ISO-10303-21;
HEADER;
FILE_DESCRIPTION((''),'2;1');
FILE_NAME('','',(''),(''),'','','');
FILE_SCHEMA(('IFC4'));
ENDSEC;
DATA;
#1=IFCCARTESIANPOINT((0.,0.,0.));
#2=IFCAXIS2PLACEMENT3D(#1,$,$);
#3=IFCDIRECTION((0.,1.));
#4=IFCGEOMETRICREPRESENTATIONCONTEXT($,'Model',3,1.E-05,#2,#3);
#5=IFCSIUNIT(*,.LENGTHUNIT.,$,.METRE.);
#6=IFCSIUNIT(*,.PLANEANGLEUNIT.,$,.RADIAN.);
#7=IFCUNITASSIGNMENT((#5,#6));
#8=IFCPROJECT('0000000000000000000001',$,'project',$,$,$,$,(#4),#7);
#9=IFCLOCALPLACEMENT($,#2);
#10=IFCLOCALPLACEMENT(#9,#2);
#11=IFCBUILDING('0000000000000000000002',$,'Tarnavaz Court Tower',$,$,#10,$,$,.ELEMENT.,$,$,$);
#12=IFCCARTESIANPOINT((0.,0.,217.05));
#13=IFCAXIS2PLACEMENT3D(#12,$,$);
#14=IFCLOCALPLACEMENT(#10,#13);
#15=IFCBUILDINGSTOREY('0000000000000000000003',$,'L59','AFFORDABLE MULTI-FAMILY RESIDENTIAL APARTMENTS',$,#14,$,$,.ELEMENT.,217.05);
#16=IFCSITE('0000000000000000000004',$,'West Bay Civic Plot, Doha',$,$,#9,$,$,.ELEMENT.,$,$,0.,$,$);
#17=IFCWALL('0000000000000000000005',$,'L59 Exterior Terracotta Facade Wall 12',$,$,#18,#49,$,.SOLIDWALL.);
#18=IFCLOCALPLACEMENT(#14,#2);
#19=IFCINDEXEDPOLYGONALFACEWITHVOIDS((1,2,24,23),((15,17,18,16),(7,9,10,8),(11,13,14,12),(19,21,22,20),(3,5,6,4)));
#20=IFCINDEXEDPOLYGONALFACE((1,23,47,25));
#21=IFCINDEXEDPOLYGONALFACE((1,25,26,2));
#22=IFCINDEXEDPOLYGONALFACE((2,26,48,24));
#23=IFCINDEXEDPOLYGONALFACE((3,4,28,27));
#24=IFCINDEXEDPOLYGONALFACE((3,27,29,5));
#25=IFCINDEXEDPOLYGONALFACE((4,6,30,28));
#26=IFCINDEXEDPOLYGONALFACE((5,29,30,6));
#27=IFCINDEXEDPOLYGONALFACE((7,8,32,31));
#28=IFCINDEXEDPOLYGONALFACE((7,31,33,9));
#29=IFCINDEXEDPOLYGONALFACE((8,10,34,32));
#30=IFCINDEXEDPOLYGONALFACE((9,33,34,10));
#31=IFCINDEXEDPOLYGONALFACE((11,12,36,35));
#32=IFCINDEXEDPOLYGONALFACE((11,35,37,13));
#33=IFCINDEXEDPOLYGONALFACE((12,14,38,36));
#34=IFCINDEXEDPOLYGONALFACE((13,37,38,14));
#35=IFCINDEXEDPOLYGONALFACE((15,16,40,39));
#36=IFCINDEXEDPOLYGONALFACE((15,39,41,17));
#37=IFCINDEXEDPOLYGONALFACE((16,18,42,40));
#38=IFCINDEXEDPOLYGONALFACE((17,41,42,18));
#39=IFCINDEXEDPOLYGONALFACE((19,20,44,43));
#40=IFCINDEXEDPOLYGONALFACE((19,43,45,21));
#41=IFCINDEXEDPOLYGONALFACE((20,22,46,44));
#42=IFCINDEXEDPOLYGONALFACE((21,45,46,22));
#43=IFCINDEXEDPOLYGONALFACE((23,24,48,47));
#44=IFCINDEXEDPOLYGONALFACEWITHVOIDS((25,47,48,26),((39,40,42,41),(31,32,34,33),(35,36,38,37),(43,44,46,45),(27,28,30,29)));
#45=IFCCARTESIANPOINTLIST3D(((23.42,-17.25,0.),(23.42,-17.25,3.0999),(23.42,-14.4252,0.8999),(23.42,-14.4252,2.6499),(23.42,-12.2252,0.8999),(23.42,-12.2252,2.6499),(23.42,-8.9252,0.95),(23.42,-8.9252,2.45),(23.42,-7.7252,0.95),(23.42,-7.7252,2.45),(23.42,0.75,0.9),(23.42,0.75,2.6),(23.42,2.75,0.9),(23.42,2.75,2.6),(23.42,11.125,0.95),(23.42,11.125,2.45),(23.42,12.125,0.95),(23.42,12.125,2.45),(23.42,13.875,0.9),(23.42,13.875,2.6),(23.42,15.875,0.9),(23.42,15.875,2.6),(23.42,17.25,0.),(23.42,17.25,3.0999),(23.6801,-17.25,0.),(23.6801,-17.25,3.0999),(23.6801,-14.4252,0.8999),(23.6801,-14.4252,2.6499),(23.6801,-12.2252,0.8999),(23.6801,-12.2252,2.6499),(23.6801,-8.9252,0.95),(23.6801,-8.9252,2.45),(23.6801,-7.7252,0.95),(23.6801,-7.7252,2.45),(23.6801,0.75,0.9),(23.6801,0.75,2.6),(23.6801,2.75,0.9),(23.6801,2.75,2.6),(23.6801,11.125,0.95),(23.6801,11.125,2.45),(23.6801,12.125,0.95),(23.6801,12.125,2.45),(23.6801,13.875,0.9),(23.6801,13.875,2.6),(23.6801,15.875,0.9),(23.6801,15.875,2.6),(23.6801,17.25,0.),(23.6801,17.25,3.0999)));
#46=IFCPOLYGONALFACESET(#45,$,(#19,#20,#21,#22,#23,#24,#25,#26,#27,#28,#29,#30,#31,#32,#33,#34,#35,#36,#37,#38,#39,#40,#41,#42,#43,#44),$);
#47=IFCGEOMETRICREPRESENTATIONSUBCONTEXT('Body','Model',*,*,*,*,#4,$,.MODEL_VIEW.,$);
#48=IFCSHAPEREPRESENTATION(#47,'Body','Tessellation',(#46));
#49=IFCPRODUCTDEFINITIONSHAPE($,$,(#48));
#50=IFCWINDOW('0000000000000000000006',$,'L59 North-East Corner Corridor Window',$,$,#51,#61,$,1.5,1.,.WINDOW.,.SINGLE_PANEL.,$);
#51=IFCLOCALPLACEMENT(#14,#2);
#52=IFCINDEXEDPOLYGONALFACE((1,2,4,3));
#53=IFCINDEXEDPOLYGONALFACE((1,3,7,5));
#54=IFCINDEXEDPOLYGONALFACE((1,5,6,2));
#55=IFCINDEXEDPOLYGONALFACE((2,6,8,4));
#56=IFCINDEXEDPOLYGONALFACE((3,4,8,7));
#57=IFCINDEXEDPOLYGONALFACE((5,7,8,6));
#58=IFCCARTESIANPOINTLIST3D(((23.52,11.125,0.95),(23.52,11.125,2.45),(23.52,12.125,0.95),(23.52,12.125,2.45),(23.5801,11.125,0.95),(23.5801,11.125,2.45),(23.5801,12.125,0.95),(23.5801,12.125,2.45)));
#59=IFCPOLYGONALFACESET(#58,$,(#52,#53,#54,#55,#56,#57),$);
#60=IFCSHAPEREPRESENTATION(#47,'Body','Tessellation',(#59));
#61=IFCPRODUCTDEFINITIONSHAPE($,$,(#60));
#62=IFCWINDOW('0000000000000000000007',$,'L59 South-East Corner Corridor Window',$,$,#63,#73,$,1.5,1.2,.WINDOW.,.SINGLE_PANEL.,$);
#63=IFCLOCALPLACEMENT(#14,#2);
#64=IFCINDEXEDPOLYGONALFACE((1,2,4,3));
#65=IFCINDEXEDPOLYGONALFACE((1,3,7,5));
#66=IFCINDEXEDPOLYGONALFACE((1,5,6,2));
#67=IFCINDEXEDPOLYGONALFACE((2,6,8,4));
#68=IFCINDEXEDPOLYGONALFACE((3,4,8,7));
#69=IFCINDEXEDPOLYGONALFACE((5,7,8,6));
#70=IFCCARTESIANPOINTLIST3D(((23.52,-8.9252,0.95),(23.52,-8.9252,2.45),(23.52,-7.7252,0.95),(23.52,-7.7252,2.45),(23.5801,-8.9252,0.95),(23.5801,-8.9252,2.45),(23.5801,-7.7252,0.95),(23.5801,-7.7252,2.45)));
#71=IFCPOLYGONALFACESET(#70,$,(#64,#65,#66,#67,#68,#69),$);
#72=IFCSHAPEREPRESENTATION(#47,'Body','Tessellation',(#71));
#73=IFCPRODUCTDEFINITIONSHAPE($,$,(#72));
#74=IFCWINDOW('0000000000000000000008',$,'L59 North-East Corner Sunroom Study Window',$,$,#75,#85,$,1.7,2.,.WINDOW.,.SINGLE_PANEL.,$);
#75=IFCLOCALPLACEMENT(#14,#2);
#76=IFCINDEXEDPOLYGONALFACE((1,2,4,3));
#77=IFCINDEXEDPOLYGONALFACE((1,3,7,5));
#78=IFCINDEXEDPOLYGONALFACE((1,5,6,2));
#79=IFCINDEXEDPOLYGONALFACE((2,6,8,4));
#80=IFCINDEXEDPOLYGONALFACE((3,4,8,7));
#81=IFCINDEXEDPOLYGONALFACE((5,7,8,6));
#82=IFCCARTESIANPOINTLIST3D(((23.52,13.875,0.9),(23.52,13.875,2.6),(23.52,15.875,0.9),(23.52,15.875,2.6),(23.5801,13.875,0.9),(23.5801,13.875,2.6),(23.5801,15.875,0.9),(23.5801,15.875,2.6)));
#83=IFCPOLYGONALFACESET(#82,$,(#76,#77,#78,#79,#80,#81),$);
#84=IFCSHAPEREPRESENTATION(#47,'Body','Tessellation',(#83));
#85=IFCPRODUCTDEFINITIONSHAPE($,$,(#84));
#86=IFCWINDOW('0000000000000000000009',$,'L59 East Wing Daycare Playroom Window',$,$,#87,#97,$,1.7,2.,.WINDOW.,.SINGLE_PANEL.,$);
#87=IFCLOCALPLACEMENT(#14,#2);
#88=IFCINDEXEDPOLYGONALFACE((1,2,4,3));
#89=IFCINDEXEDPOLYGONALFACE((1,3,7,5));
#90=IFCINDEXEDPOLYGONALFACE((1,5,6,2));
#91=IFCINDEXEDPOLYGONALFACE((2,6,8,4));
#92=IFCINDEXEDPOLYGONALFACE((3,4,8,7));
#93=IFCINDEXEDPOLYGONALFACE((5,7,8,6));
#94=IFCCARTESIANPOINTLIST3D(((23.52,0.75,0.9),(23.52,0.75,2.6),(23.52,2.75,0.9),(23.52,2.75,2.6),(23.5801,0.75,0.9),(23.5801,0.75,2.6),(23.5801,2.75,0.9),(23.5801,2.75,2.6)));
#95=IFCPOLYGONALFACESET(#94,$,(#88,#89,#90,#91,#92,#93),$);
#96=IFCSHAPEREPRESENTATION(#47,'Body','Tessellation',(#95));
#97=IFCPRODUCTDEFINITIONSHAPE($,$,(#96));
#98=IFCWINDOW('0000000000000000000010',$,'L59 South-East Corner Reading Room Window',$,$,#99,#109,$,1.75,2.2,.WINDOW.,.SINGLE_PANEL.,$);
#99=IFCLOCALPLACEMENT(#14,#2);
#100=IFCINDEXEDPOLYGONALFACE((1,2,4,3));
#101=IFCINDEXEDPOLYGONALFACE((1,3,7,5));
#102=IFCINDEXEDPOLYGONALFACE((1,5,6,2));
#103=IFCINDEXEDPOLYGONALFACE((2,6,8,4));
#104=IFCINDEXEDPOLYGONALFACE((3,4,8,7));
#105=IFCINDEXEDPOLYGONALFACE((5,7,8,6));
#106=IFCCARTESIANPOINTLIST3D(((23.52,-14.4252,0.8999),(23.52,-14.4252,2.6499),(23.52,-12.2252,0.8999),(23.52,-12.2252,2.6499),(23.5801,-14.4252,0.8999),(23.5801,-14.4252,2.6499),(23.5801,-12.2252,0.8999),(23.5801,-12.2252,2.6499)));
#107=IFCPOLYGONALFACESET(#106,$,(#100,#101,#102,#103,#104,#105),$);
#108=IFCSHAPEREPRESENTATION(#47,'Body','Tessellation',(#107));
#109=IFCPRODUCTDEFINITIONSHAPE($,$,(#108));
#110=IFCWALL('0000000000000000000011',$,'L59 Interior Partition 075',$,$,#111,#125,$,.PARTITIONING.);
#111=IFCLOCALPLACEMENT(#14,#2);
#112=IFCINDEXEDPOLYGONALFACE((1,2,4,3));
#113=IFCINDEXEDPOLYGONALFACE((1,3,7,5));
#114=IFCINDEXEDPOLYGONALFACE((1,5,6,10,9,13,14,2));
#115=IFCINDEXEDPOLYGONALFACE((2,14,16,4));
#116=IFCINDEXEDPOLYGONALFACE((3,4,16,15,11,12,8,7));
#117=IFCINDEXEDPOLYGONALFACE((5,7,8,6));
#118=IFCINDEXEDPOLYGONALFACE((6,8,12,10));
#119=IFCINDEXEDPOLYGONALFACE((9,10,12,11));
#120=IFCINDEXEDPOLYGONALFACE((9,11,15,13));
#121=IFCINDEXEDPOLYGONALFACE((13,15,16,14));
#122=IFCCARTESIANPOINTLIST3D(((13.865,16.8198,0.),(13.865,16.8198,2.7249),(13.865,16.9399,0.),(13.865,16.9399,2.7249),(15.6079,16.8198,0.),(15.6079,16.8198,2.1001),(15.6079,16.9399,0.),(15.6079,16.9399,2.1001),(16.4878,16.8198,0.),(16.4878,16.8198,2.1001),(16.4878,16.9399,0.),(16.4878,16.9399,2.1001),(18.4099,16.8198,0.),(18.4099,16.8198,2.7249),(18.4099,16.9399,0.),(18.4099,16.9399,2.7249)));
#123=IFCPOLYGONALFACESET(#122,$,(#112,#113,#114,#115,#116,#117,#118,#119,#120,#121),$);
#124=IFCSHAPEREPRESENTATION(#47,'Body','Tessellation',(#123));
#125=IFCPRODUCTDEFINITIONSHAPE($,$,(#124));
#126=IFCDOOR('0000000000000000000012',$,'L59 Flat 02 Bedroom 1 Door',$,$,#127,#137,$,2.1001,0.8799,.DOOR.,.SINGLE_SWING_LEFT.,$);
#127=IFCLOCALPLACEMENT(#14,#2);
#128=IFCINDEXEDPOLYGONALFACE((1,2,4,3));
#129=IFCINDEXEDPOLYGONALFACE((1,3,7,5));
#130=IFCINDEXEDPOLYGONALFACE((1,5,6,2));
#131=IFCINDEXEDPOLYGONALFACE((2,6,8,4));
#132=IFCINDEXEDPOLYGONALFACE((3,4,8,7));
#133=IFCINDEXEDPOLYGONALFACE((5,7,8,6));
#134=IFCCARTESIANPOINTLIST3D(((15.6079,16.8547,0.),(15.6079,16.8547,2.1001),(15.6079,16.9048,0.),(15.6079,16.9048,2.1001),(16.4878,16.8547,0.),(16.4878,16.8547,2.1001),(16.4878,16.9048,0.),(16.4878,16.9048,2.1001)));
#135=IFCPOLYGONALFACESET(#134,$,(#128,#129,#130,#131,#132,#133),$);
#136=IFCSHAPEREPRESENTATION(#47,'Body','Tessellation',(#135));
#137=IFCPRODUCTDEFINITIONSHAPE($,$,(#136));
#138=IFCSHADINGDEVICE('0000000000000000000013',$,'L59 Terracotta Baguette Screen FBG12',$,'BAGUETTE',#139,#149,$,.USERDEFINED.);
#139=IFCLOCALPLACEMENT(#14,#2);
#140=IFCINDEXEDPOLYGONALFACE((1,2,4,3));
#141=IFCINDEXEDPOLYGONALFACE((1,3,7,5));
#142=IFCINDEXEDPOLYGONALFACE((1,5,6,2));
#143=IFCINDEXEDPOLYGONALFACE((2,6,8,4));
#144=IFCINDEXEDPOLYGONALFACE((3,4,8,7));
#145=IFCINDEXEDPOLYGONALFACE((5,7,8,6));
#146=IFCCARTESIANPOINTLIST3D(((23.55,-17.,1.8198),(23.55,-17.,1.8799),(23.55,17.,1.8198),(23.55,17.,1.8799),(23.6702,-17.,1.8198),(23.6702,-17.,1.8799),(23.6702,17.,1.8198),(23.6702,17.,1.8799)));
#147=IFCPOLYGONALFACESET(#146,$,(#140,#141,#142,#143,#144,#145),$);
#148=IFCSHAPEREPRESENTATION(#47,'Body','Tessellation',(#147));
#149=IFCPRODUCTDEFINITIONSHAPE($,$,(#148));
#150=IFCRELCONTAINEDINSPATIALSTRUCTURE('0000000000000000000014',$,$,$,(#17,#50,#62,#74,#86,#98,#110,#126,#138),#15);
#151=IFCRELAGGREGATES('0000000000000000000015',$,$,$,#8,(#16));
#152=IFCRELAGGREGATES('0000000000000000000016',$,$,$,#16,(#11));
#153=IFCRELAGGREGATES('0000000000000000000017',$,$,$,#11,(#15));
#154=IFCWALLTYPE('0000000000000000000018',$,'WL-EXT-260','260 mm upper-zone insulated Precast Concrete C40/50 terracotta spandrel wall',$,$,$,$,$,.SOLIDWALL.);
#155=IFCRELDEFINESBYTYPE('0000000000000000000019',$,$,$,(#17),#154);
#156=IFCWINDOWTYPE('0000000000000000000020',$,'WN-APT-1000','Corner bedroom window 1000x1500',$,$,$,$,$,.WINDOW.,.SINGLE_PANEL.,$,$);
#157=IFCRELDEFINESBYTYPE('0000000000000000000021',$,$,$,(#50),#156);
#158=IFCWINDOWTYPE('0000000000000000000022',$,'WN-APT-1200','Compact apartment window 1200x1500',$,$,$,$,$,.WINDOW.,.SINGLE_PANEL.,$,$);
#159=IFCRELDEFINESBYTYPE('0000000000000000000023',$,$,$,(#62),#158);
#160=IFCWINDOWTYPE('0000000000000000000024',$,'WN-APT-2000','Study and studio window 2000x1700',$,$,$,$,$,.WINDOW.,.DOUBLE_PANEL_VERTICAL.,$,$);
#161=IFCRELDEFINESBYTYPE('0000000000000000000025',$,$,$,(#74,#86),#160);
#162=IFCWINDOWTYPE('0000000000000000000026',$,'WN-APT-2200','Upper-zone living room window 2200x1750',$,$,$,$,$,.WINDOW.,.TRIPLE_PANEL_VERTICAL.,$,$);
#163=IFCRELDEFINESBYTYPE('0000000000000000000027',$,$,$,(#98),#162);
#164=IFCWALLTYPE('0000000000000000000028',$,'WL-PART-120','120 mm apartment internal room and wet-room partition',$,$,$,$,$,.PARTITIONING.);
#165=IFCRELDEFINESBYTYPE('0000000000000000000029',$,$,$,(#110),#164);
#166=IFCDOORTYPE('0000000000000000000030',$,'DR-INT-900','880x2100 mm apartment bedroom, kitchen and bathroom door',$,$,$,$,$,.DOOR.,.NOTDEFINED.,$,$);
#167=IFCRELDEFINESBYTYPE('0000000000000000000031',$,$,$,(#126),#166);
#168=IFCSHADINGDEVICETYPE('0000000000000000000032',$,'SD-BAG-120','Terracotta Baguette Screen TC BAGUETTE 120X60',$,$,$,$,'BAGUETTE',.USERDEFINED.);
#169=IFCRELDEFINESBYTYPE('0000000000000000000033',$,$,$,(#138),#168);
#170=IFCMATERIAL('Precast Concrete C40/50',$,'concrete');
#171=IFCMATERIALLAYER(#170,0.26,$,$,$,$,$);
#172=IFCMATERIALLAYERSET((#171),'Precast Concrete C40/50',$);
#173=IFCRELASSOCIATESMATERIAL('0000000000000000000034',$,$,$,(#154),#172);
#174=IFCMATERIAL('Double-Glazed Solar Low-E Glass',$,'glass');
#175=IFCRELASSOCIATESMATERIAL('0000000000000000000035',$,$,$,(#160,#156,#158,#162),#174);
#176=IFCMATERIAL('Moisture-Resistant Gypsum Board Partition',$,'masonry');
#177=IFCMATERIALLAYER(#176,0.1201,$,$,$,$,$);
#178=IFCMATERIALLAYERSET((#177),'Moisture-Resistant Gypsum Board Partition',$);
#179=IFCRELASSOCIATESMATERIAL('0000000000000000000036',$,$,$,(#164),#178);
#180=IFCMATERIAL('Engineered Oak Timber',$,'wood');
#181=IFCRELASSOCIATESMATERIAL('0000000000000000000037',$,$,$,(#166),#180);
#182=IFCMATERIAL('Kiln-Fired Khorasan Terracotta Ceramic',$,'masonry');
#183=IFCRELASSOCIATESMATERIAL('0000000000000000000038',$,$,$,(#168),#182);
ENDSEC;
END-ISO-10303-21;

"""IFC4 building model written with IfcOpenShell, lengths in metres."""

from ifc_helpers import new_model, si_unit, direction, frame, frame_2d, origin, origin_2d, place, context, subcontext, project, spatial, rectangle, extrude, material, layer, layer_set, material_profile, profile_set, type_object, element, fill, save


model = new_model("IFC4")

# Units and contexts
model_context = context("Model", 3, precision=1e-05, world=origin(), true_north=direction((0.0, 1.0)))
body_context = subcontext(model_context, "Body", "Model", "MODEL_VIEW")
ifc_project = project(units=[si_unit("LENGTHUNIT", "METRE"), si_unit("PLANEANGLEUNIT", "RADIAN")], contexts=[model_context])

# Site, building, storey
site_placement = place(None, origin())
site = spatial("IfcSite", under=ifc_project, at=site_placement, Name="West Bay Civic Plot, Doha", CompositionType="ELEMENT", RefElevation=0.0)
building_placement = place(site_placement, origin())
building = spatial("IfcBuilding", under=site, at=building_placement, Name="Tarnavaz Court Tower", CompositionType="ELEMENT")
storey_placement = place(building_placement, frame((0.0, 0.0, 217.05)))
storey = spatial("IfcBuildingStorey", under=building, at=storey_placement, Name="L59", Description="AFFORDABLE MULTI-FAMILY RESIDENTIAL APARTMENTS", CompositionType="ELEMENT", Elevation=217.05)

# Shared definitions
ifc_material_1 = material(Name="Precast Concrete C40/50", Category="concrete")
ifc_layer_1 = layer(ifc_material_1, 0.26)
ifc_layer_set_1 = layer_set([ifc_layer_1], Name="Precast Concrete C40/50")
wall_type_1 = type_object("IfcWallType", Name="WL-EXT-260", Description="260 mm upper-zone insulated Precast Concrete C40/50 terracotta spandrel wall", PredefinedType="SOLIDWALL", material=ifc_layer_set_1)
ifc_material_2 = material(Name="Double-Glazed Solar Low-E Glass", Category="glass")
window_type_1 = type_object("IfcWindowType", Name="WN-APT-2000", Description="Study and studio window 2000x1700", PartitioningType="DOUBLE_PANEL_VERTICAL", PredefinedType="WINDOW", material=ifc_material_2)

# Wall, openings, windows
wall_1_placement = place(storey_placement, frame((23.55, 17.25, 0.0), z_axis=(0.0, 0.0, 1.0), x_axis=(0.0, -1.0, 0.0)))
wall_1 = element("IfcWall", 1, at=wall_1_placement, inside=storey, type_object=wall_type_1, Name="L59 Exterior Terracotta Facade Wall 12", PredefinedType="SOLIDWALL", context=body_context, shape_type="SweptSolid", body=[
    extrude(rectangle(XDim=34.5, YDim=0.26, at=frame_2d((17.25, 0.0))), origin(), (0.0, 0.0, 1.0), 3.0999),
])
opening_1_placement = place(wall_1_placement, frame((1.375, 0.0, 0.8999)))
opening_1 = element("IfcOpeningElement", 2, at=opening_1_placement, cuts=wall_1, PredefinedType="OPENING", context=body_context, shape_type="SweptSolid", body=[
    extrude(rectangle(XDim=2.0, YDim=1.7, at=frame_2d((1.0, 0.8501))), frame((0.0, 0.1399, 0.0), z_axis=(0.0, -1.0, 0.0), x_axis=(1.0, 0.0, 0.0)), (0.0, 0.0, 1.0), 0.28),
])
opening_2_placement = place(wall_1_placement, frame((5.125, 0.0, 0.95)))
opening_2 = element("IfcOpeningElement", 3, at=opening_2_placement, cuts=wall_1, PredefinedType="OPENING", context=body_context, shape_type="SweptSolid", body=[
    extrude(rectangle(XDim=1.0, YDim=1.5, at=frame_2d((0.5, 0.75))), frame((0.0, 0.1399, 0.0), z_axis=(0.0, -1.0, 0.0), x_axis=(1.0, 0.0, 0.0)), (0.0, 0.0, 1.0), 0.28),
])
opening_3_placement = place(wall_1_placement, frame((14.5, 0.0, 0.8999)))
opening_3 = element("IfcOpeningElement", 4, at=opening_3_placement, cuts=wall_1, PredefinedType="OPENING", context=body_context, shape_type="SweptSolid", body=[
    extrude(rectangle(XDim=2.0, YDim=1.7, at=frame_2d((1.0, 0.8501))), frame((0.0, 0.1399, 0.0), z_axis=(0.0, -1.0, 0.0), x_axis=(1.0, 0.0, 0.0)), (0.0, 0.0, 1.0), 0.28),
])
opening_4_placement = place(wall_1_placement, frame((24.9751, 0.0, 0.95)))
opening_4 = element("IfcOpeningElement", 5, at=opening_4_placement, cuts=wall_1, PredefinedType="OPENING", context=body_context, shape_type="SweptSolid", body=[
    extrude(rectangle(XDim=1.2, YDim=1.5, at=frame_2d((0.6001, 0.75))), frame((0.0, 0.1399, 0.0), z_axis=(0.0, -1.0, 0.0), x_axis=(1.0, 0.0, 0.0)), (0.0, 0.0, 1.0), 0.28),
])
opening_5_placement = place(wall_1_placement, frame((29.4751, 0.0, 0.8999)))
opening_5 = element("IfcOpeningElement", 6, at=opening_5_placement, cuts=wall_1, PredefinedType="OPENING", context=body_context, shape_type="SweptSolid", body=[
    extrude(rectangle(XDim=2.2, YDim=1.75, at=frame_2d((1.1001, 0.875))), frame((0.0, 0.1399, 0.0), z_axis=(0.0, -1.0, 0.0), x_axis=(1.0, 0.0, 0.0)), (0.0, 0.0, 1.0), 0.28),
])
window_type_2 = type_object("IfcWindowType", Name="WN-APT-1000", Description="Corner bedroom window 1000x1500", PartitioningType="SINGLE_PANEL", PredefinedType="WINDOW", material=ifc_material_2)
window_1_placement = place(opening_2_placement, origin())
window_1 = element("IfcWindow", 7, at=window_1_placement, inside=storey, type_object=window_type_2, Name="L59 North-East Corner Corridor Window", OverallHeight=1.5, OverallWidth=1.0, PartitioningType="SINGLE_PANEL", PredefinedType="WINDOW", context=body_context, shape_type="SweptSolid", body=[
    extrude(rectangle(XDim=1.0, YDim=1.5, at=frame_2d((0.5, 0.75))), frame((0.0, 0.03, 0.0), z_axis=(0.0, -1.0, 0.0), x_axis=(1.0, 0.0, 0.0)), (0.0, 0.0, 1.0), 0.0601),
])
fill(opening_2, window_1)
window_type_3 = type_object("IfcWindowType", Name="WN-APT-1200", Description="Compact apartment window 1200x1500", PartitioningType="SINGLE_PANEL", PredefinedType="WINDOW", material=ifc_material_2)
window_2_placement = place(opening_4_placement, origin())
window_2 = element("IfcWindow", 8, at=window_2_placement, inside=storey, type_object=window_type_3, Name="L59 South-East Corner Corridor Window", OverallHeight=1.5, OverallWidth=1.2, PartitioningType="SINGLE_PANEL", PredefinedType="WINDOW", context=body_context, shape_type="SweptSolid", body=[
    extrude(rectangle(XDim=1.2, YDim=1.5, at=frame_2d((0.6001, 0.75))), frame((0.0, 0.03, 0.0), z_axis=(0.0, -1.0, 0.0), x_axis=(1.0, 0.0, 0.0)), (0.0, 0.0, 1.0), 0.0601),
])
fill(opening_4, window_2)
window_3_placement = place(opening_1_placement, origin())
window_3 = element("IfcWindow", 9, at=window_3_placement, inside=storey, type_object=window_type_1, Name="L59 North-East Corner Sunroom Study Window", OverallHeight=1.7, OverallWidth=2.0, PartitioningType="SINGLE_PANEL", PredefinedType="WINDOW", context=body_context, shape_type="SweptSolid", body=[
    extrude(rectangle(XDim=2.0, YDim=1.7, at=frame_2d((1.0, 0.8501))), frame((0.0, 0.03, 0.0), z_axis=(0.0, -1.0, 0.0), x_axis=(1.0, 0.0, 0.0)), (0.0, 0.0, 1.0), 0.0601),
])
fill(opening_1, window_3)
window_4_placement = place(opening_3_placement, origin())
window_4 = element("IfcWindow", 10, at=window_4_placement, inside=storey, type_object=window_type_1, Name="L59 East Wing Daycare Playroom Window", OverallHeight=1.7, OverallWidth=2.0, PartitioningType="SINGLE_PANEL", PredefinedType="WINDOW", context=body_context, shape_type="SweptSolid", body=[
    extrude(rectangle(XDim=2.0, YDim=1.7, at=frame_2d((1.0, 0.8501))), frame((0.0, 0.03, 0.0), z_axis=(0.0, -1.0, 0.0), x_axis=(1.0, 0.0, 0.0)), (0.0, 0.0, 1.0), 0.0601),
])
fill(opening_3, window_4)
window_type_4 = type_object("IfcWindowType", Name="WN-APT-2200", Description="Upper-zone living room window 2200x1750", PartitioningType="TRIPLE_PANEL_VERTICAL", PredefinedType="WINDOW", material=ifc_material_2)
window_5_placement = place(opening_5_placement, origin())
window_5 = element("IfcWindow", 11, at=window_5_placement, inside=storey, type_object=window_type_4, Name="L59 South-East Corner Reading Room Window", OverallHeight=1.75, OverallWidth=2.2, PartitioningType="SINGLE_PANEL", PredefinedType="WINDOW", context=body_context, shape_type="SweptSolid", body=[
    extrude(rectangle(XDim=2.2, YDim=1.75, at=frame_2d((1.1001, 0.875))), frame((0.0, 0.03, 0.0), z_axis=(0.0, -1.0, 0.0), x_axis=(1.0, 0.0, 0.0)), (0.0, 0.0, 1.0), 0.0601),
])
fill(opening_5, window_5)

# Wall, opening, door
ifc_material_3 = material(Name="Moisture-Resistant Gypsum Board Partition", Category="masonry")
ifc_layer_2 = layer(ifc_material_3, 0.1201)
ifc_layer_set_2 = layer_set([ifc_layer_2], Name="Moisture-Resistant Gypsum Board Partition")
wall_type_2 = type_object("IfcWallType", Name="WL-PART-120", Description="120 mm apartment internal room and wet-room partition", PredefinedType="PARTITIONING", material=ifc_layer_set_2)
wall_2_placement = place(storey_placement, frame((13.865, 16.8799, 0.0), z_axis=(0.0, 0.0, 1.0), x_axis=(1.0, 0.0, 0.0)))
wall_2 = element("IfcWall", 12, at=wall_2_placement, inside=storey, type_object=wall_type_2, Name="L59 Interior Partition 075", PredefinedType="PARTITIONING", context=body_context, shape_type="SweptSolid", body=[
    extrude(rectangle(XDim=4.5449, YDim=0.1201, at=frame_2d((2.2725, 0.0))), origin(), (0.0, 0.0, 1.0), 2.7249),
])
opening_6_placement = place(wall_2_placement, frame((1.7429, 0.0, 0.0)))
opening_6 = element("IfcOpeningElement", 13, at=opening_6_placement, cuts=wall_2, PredefinedType="OPENING", context=body_context, shape_type="SweptSolid", body=[
    extrude(rectangle(XDim=0.8799, YDim=2.1001, at=frame_2d((0.4399, 1.05))), frame((0.0, 0.0701, 0.0), z_axis=(0.0, -1.0, 0.0), x_axis=(1.0, 0.0, 0.0)), (0.0, 0.0, 1.0), 0.1401),
])
ifc_material_4 = material(Name="Engineered Oak Timber", Category="wood")
door_type = type_object("IfcDoorType", Name="DR-INT-900", Description="880x2100 mm apartment bedroom, kitchen and bathroom door", OperationType="NOTDEFINED", PredefinedType="DOOR", material=ifc_material_4)
door_placement = place(opening_6_placement, origin())
door = element("IfcDoor", 14, at=door_placement, inside=storey, type_object=door_type, Name="L59 Flat 02 Bedroom 1 Door", OperationType="SINGLE_SWING_LEFT", OverallHeight=2.1001, OverallWidth=0.8799, PredefinedType="DOOR", context=body_context, shape_type="SweptSolid", body=[
    extrude(rectangle(XDim=0.8799, YDim=2.1001, at=frame_2d((0.4399, 1.05))), frame((0.0, 0.0249, 0.0), z_axis=(0.0, -1.0, 0.0), x_axis=(1.0, 0.0, 0.0)), (0.0, 0.0, 1.0), 0.05),
])
fill(opening_6, door)

# Shading device
ifc_material_5 = material(Name="Kiln-Fired Khorasan Terracotta Ceramic", Category="masonry")
ifc_material_profile_1 = material_profile(ifc_material_5, rectangle(XDim=0.1201, YDim=0.0601, at=origin_2d()), Name="TC BAGUETTE 120X60")
ifc_profile_set_1 = profile_set([ifc_material_profile_1], Name="Kiln-Fired Khorasan Terracotta Ceramic")
shading_device_type = type_object("IfcShadingDeviceType", Name="SD-BAG-120", Description="Terracotta Baguette Screen TC BAGUETTE 120X60", ElementType="BAGUETTE", PredefinedType="USERDEFINED", material=ifc_profile_set_1)
shading_device_placement = place(storey_placement, frame((23.6101, 17.0, 1.8499), z_axis=(0.0, -1.0, 0.0), x_axis=(1.0, 0.0, 0.0)))
element("IfcShadingDevice", 15, at=shading_device_placement, inside=storey, type_object=shading_device_type, Name="L59 Terracotta Baguette Screen FBG12", ObjectType="BAGUETTE", PredefinedType="USERDEFINED", context=body_context, shape_type="SweptSolid", body=[
    extrude(rectangle(XDim=0.1201, YDim=0.0601, at=origin_2d()), origin(), (0.0, 0.0, 1.0), 34.0),
])

save(model, "model.ifc")
